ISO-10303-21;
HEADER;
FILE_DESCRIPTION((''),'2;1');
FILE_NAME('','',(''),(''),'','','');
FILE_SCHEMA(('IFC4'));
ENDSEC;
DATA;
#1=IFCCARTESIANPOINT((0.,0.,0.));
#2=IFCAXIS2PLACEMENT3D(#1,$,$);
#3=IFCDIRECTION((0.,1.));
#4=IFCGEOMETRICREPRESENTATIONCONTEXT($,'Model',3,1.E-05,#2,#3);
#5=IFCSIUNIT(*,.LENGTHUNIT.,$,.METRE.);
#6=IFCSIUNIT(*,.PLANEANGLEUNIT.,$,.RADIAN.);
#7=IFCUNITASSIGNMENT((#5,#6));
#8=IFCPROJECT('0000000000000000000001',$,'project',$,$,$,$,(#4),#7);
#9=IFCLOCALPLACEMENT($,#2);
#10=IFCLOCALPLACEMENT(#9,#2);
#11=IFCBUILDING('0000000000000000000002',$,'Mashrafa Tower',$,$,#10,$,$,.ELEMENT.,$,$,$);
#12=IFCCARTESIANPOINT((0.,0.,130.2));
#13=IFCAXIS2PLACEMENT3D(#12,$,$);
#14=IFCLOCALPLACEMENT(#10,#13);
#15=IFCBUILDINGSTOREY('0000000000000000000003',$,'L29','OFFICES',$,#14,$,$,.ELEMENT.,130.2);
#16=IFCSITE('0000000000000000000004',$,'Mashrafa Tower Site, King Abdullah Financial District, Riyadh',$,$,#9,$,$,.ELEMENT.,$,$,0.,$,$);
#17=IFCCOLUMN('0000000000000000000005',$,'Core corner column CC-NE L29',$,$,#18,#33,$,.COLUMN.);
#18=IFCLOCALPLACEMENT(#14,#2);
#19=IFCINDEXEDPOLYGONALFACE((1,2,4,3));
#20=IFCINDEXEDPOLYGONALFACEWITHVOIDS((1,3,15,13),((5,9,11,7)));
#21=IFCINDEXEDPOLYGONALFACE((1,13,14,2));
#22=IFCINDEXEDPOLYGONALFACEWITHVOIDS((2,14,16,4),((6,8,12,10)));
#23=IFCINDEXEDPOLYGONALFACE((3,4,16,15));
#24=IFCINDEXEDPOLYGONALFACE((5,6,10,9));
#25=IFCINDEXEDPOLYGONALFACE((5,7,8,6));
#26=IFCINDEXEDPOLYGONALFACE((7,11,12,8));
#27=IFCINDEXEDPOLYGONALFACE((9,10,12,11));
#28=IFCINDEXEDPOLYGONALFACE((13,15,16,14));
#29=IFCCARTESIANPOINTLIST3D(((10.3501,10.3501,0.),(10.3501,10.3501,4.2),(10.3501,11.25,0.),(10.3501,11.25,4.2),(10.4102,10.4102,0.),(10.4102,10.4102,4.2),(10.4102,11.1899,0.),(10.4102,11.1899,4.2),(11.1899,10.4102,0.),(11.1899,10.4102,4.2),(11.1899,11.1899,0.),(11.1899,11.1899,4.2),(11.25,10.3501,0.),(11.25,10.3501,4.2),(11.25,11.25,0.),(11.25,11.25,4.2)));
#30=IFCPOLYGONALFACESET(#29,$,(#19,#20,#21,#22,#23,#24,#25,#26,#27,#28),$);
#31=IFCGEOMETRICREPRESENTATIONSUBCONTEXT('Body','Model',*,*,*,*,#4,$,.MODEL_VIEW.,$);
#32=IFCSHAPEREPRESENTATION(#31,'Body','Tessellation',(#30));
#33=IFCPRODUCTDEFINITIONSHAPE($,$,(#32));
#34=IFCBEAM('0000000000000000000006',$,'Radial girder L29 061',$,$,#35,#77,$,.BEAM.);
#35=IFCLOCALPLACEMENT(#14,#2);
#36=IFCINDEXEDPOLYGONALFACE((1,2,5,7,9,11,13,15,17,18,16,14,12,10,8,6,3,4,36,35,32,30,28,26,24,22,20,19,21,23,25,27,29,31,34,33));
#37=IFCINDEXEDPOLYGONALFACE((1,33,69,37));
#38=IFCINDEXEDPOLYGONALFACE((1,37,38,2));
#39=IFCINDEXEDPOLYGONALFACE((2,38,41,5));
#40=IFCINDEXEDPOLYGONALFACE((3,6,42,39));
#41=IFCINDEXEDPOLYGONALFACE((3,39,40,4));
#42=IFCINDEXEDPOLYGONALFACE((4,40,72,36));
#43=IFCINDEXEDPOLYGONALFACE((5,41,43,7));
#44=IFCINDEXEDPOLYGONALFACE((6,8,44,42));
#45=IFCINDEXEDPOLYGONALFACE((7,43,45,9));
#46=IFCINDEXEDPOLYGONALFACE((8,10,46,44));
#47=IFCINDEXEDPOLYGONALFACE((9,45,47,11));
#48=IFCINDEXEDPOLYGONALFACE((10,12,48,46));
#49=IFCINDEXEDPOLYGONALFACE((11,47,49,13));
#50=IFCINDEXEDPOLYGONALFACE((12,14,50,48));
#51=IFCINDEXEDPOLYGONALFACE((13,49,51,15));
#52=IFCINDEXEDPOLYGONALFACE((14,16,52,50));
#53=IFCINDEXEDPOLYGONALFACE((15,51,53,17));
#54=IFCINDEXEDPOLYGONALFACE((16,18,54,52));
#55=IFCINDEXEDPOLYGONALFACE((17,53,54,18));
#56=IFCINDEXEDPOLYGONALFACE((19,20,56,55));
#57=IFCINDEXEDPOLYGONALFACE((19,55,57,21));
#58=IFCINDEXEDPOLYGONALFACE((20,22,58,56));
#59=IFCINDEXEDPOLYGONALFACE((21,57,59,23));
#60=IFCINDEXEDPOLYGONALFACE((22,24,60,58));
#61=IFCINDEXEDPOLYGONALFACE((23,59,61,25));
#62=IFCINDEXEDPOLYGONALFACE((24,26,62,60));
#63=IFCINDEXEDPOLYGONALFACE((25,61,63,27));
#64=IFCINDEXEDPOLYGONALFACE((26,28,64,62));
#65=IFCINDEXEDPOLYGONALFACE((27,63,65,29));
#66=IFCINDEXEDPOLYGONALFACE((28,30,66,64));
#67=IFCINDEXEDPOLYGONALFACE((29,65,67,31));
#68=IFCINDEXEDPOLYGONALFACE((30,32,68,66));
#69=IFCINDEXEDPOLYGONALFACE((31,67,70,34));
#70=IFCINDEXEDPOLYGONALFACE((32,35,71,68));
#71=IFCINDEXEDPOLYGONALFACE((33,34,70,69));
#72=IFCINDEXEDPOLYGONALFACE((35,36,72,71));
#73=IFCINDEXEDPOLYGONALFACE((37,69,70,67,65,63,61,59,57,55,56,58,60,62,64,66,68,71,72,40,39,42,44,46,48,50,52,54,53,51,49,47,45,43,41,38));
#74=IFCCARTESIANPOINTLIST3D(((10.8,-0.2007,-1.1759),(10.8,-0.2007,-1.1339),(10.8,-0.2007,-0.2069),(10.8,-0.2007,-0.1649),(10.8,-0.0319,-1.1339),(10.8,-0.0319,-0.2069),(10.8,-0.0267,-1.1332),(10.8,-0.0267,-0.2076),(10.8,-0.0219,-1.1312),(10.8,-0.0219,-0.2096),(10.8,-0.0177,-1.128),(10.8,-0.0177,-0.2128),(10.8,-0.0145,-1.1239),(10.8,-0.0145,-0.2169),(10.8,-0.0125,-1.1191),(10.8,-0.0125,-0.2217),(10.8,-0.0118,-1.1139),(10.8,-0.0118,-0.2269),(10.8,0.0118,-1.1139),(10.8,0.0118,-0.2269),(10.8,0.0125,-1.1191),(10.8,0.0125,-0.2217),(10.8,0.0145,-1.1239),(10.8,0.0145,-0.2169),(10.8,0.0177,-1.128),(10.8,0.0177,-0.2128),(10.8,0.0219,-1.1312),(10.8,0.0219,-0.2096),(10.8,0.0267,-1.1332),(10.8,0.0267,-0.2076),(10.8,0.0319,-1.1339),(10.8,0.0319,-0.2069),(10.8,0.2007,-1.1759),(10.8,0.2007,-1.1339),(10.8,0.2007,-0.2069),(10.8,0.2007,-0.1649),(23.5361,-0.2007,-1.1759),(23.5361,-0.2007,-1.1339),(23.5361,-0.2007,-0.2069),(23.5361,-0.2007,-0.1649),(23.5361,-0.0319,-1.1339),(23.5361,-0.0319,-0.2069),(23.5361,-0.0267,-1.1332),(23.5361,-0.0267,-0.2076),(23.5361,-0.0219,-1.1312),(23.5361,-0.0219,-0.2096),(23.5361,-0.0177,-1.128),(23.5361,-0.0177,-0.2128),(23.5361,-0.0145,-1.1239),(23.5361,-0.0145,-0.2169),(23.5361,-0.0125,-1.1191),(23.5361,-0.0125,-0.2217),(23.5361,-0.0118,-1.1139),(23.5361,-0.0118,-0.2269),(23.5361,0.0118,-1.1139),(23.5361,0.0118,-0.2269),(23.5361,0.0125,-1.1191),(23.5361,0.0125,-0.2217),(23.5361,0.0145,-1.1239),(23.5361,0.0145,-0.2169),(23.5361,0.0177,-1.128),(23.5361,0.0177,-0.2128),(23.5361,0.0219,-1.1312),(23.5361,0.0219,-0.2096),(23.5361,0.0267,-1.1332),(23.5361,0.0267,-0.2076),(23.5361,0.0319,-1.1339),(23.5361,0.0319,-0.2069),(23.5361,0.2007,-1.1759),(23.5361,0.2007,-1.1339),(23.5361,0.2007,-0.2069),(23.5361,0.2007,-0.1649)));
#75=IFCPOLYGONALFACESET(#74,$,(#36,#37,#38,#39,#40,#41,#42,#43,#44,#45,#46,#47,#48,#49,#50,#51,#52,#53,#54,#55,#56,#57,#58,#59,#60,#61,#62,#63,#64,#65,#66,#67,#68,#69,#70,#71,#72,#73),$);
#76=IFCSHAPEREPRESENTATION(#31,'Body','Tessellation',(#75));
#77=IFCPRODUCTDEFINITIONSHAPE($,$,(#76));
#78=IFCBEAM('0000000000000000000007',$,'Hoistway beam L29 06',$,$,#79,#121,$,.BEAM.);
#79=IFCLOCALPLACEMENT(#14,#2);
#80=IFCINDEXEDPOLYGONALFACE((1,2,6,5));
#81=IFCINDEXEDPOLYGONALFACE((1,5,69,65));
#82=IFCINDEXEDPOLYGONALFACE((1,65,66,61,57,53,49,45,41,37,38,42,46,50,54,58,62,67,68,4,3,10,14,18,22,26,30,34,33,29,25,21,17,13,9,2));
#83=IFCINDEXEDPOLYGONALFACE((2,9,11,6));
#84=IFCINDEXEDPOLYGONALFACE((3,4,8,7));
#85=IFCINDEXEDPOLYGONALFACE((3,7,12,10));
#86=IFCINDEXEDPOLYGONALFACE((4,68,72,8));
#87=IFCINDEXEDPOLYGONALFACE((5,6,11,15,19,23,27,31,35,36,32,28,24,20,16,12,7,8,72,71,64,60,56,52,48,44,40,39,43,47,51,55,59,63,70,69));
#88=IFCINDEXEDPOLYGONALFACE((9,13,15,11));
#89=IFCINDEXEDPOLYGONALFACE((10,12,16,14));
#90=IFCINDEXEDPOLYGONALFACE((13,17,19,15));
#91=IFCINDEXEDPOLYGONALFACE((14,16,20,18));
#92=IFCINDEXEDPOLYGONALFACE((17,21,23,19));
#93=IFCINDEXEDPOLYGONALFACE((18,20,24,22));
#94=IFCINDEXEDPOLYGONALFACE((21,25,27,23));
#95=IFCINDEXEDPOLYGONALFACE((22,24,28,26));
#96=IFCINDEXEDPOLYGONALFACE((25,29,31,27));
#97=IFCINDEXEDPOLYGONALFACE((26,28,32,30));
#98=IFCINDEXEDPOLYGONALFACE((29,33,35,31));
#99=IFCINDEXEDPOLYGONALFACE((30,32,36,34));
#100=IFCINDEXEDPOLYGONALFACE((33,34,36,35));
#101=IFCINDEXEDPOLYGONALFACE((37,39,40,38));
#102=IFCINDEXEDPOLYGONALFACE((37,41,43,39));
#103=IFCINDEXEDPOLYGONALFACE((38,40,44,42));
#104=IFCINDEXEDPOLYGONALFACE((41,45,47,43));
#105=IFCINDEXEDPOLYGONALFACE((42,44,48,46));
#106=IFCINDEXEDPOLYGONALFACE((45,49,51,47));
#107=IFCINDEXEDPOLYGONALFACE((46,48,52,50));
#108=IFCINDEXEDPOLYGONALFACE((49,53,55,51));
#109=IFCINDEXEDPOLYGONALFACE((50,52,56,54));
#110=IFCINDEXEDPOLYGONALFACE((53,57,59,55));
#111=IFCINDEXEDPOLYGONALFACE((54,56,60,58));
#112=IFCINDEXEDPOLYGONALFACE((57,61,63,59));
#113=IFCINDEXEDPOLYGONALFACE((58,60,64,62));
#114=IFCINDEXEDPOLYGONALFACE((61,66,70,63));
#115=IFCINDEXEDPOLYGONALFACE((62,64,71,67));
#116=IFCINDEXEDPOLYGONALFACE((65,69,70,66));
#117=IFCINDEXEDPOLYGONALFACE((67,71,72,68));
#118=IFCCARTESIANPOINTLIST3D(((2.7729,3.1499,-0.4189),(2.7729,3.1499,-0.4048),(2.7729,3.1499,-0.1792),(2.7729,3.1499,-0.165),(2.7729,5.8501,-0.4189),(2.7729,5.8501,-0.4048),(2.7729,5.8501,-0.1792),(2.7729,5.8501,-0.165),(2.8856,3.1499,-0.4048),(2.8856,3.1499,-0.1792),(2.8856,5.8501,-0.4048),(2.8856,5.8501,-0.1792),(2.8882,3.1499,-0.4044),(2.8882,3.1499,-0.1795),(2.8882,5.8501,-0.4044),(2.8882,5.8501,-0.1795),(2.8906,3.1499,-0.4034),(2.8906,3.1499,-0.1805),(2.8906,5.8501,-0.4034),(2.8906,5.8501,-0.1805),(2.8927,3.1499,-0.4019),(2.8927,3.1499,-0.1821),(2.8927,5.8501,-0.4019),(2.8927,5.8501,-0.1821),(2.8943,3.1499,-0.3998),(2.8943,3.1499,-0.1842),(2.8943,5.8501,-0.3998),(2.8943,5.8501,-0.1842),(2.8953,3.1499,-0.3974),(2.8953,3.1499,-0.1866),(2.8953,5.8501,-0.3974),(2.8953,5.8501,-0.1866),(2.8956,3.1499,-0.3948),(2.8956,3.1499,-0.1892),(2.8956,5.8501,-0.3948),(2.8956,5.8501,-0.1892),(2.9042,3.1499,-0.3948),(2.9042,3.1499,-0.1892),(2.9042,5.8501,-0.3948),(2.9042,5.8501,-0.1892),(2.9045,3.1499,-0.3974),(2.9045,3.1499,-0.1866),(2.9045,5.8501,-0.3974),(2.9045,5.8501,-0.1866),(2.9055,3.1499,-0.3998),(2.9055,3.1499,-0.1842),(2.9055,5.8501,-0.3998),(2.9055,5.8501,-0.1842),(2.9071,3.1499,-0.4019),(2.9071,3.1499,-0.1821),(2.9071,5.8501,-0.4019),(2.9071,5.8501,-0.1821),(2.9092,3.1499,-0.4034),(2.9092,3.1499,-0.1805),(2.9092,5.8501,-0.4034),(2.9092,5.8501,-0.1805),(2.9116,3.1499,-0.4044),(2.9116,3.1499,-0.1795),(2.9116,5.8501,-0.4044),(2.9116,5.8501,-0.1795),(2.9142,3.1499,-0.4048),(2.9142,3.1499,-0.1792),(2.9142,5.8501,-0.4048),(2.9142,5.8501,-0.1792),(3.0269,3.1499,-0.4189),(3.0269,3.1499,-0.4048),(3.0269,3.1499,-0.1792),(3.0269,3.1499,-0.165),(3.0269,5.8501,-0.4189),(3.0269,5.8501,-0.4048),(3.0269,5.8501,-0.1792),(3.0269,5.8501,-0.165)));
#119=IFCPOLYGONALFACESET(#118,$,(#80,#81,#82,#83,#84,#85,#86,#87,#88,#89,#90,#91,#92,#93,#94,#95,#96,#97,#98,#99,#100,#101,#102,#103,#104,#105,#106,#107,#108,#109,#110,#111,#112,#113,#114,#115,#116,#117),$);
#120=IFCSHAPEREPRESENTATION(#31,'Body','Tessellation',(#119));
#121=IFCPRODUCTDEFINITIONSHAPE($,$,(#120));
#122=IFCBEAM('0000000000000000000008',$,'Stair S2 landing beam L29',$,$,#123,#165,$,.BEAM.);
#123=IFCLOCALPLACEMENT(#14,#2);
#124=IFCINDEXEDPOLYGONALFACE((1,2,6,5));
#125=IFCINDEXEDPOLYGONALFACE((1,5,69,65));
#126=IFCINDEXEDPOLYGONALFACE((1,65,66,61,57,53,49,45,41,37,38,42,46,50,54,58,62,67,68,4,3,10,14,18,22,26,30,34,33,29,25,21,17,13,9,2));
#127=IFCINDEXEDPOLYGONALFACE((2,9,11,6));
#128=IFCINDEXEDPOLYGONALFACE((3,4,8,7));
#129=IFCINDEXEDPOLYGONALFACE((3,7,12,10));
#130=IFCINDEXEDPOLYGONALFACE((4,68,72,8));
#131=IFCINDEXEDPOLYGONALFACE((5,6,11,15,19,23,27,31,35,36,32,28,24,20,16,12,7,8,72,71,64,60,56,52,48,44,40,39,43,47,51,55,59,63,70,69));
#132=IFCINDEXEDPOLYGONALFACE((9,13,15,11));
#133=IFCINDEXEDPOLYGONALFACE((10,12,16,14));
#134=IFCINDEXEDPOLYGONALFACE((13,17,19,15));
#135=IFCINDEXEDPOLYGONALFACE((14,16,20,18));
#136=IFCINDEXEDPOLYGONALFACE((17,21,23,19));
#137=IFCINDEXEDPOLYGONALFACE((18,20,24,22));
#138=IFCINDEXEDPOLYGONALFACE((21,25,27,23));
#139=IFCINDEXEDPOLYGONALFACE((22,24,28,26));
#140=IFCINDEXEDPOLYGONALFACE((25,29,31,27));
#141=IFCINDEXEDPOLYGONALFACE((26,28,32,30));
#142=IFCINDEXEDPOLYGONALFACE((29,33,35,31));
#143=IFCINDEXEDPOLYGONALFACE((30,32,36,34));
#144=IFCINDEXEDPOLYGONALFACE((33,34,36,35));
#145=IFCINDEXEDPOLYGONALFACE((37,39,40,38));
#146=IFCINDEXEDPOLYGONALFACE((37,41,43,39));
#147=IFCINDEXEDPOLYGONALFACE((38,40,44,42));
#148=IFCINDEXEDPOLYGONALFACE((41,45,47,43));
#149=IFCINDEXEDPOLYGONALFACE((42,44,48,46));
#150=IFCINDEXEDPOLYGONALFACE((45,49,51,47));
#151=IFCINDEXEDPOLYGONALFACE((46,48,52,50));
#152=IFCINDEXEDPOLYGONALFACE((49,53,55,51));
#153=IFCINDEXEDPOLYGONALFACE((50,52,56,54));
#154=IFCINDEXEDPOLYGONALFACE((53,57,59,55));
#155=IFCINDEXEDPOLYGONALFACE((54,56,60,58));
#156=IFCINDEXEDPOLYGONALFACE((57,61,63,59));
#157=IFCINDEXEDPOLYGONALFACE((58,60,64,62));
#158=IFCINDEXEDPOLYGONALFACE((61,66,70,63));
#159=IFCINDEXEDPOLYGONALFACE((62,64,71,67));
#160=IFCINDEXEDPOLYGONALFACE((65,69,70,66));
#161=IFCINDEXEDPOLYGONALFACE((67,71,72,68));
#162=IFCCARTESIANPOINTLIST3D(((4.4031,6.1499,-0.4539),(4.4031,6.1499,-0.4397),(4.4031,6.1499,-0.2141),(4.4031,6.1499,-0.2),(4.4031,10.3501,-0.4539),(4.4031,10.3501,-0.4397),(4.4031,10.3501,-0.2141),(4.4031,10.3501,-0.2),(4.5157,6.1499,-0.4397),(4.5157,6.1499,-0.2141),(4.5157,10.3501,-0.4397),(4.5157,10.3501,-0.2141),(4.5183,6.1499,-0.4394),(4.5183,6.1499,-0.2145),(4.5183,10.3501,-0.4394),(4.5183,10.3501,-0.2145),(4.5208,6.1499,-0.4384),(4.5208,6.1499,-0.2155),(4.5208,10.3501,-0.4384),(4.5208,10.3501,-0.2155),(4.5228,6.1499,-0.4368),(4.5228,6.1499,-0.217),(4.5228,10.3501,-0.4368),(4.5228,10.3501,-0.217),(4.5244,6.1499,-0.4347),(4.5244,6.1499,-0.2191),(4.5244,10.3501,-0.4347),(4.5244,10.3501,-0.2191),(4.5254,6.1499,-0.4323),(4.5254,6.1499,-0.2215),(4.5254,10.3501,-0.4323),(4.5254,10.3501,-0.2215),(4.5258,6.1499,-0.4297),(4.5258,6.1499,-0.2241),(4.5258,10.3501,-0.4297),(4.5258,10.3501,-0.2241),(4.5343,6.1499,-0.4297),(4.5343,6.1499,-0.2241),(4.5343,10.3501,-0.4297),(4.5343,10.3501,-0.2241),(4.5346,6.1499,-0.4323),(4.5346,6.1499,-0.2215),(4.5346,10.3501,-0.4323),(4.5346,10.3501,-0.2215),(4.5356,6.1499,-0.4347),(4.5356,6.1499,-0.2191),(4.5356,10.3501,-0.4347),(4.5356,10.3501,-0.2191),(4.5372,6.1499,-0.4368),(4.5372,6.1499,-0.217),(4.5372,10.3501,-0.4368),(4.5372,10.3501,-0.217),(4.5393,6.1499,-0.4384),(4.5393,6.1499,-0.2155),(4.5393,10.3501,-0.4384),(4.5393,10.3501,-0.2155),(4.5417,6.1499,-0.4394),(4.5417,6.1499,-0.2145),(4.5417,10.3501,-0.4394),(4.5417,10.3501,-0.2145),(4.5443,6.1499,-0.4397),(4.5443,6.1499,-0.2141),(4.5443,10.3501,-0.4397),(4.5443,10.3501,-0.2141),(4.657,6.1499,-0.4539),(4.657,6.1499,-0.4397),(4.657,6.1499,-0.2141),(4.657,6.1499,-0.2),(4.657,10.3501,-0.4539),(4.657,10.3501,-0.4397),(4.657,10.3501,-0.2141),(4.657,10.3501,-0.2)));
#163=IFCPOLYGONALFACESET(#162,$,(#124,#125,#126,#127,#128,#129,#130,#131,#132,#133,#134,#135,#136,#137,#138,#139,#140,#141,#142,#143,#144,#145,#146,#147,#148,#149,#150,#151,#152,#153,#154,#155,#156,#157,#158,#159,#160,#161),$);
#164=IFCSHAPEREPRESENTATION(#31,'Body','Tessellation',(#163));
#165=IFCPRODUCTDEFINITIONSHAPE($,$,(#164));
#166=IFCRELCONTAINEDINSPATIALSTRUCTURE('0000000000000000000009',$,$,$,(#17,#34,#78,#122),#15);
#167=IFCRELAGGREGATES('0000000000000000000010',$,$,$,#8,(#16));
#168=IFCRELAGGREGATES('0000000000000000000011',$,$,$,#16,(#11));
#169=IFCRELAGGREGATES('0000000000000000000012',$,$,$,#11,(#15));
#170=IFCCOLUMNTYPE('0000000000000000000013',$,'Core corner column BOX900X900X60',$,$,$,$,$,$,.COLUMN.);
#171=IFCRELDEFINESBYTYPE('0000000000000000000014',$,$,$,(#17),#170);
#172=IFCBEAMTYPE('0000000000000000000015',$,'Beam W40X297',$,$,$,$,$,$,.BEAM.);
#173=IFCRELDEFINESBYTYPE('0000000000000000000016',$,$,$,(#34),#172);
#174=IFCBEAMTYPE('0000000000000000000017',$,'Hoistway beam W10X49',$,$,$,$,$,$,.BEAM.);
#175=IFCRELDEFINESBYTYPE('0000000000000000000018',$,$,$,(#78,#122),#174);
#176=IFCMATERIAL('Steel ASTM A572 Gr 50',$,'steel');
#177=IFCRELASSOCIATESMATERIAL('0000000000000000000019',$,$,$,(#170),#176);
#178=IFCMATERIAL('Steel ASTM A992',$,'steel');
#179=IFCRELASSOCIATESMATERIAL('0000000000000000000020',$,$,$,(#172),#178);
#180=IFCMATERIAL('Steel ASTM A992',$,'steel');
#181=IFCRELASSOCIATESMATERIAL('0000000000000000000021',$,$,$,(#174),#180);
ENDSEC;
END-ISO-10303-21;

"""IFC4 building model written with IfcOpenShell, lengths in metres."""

from ifc_helpers import new_model, si_unit, direction, frame, origin, origin_2d, place, context, subcontext, project, spatial, hollow_rectangle, i_section, extrude, material, material_profile, profile_set, type_object, element, save


model = new_model("IFC4")

# Units and contexts
model_context = context("Model", 3, precision=1e-05, world=origin(), true_north=direction((0.0, 1.0)))
body_context = subcontext(model_context, "Body", "Model", "MODEL_VIEW")
ifc_project = project(units=[si_unit("LENGTHUNIT", "METRE"), si_unit("PLANEANGLEUNIT", "RADIAN")], contexts=[model_context])

# Site, building, storey
site_placement = place(None, origin())
site = spatial("IfcSite", under=ifc_project, at=site_placement, Name="Mashrafa Tower Site, King Abdullah Financial District, Riyadh", CompositionType="ELEMENT", RefElevation=0.0)
building_placement = place(site_placement, origin())
building = spatial("IfcBuilding", under=site, at=building_placement, Name="Mashrafa Tower", CompositionType="ELEMENT")
storey_placement = place(building_placement, frame((0.0, 0.0, 130.2)))
storey = spatial("IfcBuildingStorey", under=building, at=storey_placement, Name="L29", Description="OFFICES", CompositionType="ELEMENT", Elevation=130.2)

# Column
ifc_material_1 = material(Name="Steel ASTM A572 Gr 50", Category="steel")
ifc_material_profile_1 = material_profile(ifc_material_1, hollow_rectangle(XDim=0.8999, YDim=0.8999, WallThickness=0.0601, at=origin_2d()), Name="BOX900X900X60")
ifc_profile_set_1 = profile_set([ifc_material_profile_1], Name="Steel ASTM A572 Gr 50")
column_type = type_object("IfcColumnType", Name="Core corner column BOX900X900X60", PredefinedType="COLUMN", material=ifc_profile_set_1)
column_placement = place(storey_placement, frame((10.8, 10.8, 0.0), z_axis=(0.0, 0.0, 1.0), x_axis=(1.0, 0.0, 0.0)))
element("IfcColumn", 1, at=column_placement, inside=storey, type_object=column_type, Name="Core corner column CC-NE L29", PredefinedType="COLUMN", context=body_context, shape_type="SweptSolid", body=[
    extrude(hollow_rectangle(XDim=0.8999, YDim=0.8999, WallThickness=0.0601, at=origin_2d()), origin(), (0.0, 0.0, 1.0), 4.2),
])

# Beams
ifc_material_2 = material(Name="Steel ASTM A992", Category="steel")
ifc_material_profile_2 = material_profile(ifc_material_2, i_section(OverallWidth=0.4014, OverallDepth=1.011, WebThickness=0.0237, FlangeThickness=0.042, FilletRadius=0.02, at=origin_2d()), Name="W40X297")
ifc_profile_set_2 = profile_set([ifc_material_profile_2], Name="Steel ASTM A992")
beam_type_1 = type_object("IfcBeamType", Name="Beam W40X297", PredefinedType="BEAM", material=ifc_profile_set_2)
beam_1_placement = place(storey_placement, frame((10.8, 0.0, -0.6704), z_axis=(1.0, 0.0, 0.0), x_axis=(0.0, 1.0, 0.0)))
element("IfcBeam", 2, at=beam_1_placement, inside=storey, type_object=beam_type_1, Name="Radial girder L29 061", PredefinedType="BEAM", context=body_context, shape_type="SweptSolid", body=[
    extrude(i_section(OverallWidth=0.4014, OverallDepth=1.011, WebThickness=0.0237, FlangeThickness=0.042, FilletRadius=0.02, at=origin_2d()), origin(), (0.0, 0.0, 1.0), 12.7361),
])
ifc_material_3 = material(Name="Steel ASTM A992", Category="steel")
ifc_material_profile_3 = material_profile(ifc_material_3, i_section(OverallWidth=0.2539, OverallDepth=0.2539, WebThickness=0.0085, FlangeThickness=0.0142, FilletRadius=0.01, at=origin_2d()), Name="W10X49")
ifc_profile_set_3 = profile_set([ifc_material_profile_3], Name="Steel ASTM A992")
beam_type_2 = type_object("IfcBeamType", Name="Hoistway beam W10X49", PredefinedType="BEAM", material=ifc_profile_set_3)
beam_2_placement = place(storey_placement, frame((2.8999, 3.1499, -0.292), z_axis=(0.0, 1.0, 0.0), x_axis=(-1.0, 0.0, 0.0)))
element("IfcBeam", 3, at=beam_2_placement, inside=storey, type_object=beam_type_2, Name="Hoistway beam L29 06", PredefinedType="BEAM", context=body_context, shape_type="SweptSolid", body=[
    extrude(i_section(OverallWidth=0.2539, OverallDepth=0.2539, WebThickness=0.0085, FlangeThickness=0.0142, FilletRadius=0.01, at=origin_2d()), origin(), (0.0, 0.0, 1.0), 2.7002),
])
beam_3_placement = place(storey_placement, frame((4.53, 6.1499, -0.3269), z_axis=(0.0, 1.0, 0.0), x_axis=(-1.0, 0.0, 0.0)))
element("IfcBeam", 4, at=beam_3_placement, inside=storey, type_object=beam_type_2, Name="Stair S2 landing beam L29", PredefinedType="BEAM", context=body_context, shape_type="SweptSolid", body=[
    extrude(i_section(OverallWidth=0.2539, OverallDepth=0.2539, WebThickness=0.0085, FlangeThickness=0.0142, FilletRadius=0.01, at=origin_2d()), origin(), (0.0, 0.0, 1.0), 4.2002),
])

save(model, "model.ifc")
